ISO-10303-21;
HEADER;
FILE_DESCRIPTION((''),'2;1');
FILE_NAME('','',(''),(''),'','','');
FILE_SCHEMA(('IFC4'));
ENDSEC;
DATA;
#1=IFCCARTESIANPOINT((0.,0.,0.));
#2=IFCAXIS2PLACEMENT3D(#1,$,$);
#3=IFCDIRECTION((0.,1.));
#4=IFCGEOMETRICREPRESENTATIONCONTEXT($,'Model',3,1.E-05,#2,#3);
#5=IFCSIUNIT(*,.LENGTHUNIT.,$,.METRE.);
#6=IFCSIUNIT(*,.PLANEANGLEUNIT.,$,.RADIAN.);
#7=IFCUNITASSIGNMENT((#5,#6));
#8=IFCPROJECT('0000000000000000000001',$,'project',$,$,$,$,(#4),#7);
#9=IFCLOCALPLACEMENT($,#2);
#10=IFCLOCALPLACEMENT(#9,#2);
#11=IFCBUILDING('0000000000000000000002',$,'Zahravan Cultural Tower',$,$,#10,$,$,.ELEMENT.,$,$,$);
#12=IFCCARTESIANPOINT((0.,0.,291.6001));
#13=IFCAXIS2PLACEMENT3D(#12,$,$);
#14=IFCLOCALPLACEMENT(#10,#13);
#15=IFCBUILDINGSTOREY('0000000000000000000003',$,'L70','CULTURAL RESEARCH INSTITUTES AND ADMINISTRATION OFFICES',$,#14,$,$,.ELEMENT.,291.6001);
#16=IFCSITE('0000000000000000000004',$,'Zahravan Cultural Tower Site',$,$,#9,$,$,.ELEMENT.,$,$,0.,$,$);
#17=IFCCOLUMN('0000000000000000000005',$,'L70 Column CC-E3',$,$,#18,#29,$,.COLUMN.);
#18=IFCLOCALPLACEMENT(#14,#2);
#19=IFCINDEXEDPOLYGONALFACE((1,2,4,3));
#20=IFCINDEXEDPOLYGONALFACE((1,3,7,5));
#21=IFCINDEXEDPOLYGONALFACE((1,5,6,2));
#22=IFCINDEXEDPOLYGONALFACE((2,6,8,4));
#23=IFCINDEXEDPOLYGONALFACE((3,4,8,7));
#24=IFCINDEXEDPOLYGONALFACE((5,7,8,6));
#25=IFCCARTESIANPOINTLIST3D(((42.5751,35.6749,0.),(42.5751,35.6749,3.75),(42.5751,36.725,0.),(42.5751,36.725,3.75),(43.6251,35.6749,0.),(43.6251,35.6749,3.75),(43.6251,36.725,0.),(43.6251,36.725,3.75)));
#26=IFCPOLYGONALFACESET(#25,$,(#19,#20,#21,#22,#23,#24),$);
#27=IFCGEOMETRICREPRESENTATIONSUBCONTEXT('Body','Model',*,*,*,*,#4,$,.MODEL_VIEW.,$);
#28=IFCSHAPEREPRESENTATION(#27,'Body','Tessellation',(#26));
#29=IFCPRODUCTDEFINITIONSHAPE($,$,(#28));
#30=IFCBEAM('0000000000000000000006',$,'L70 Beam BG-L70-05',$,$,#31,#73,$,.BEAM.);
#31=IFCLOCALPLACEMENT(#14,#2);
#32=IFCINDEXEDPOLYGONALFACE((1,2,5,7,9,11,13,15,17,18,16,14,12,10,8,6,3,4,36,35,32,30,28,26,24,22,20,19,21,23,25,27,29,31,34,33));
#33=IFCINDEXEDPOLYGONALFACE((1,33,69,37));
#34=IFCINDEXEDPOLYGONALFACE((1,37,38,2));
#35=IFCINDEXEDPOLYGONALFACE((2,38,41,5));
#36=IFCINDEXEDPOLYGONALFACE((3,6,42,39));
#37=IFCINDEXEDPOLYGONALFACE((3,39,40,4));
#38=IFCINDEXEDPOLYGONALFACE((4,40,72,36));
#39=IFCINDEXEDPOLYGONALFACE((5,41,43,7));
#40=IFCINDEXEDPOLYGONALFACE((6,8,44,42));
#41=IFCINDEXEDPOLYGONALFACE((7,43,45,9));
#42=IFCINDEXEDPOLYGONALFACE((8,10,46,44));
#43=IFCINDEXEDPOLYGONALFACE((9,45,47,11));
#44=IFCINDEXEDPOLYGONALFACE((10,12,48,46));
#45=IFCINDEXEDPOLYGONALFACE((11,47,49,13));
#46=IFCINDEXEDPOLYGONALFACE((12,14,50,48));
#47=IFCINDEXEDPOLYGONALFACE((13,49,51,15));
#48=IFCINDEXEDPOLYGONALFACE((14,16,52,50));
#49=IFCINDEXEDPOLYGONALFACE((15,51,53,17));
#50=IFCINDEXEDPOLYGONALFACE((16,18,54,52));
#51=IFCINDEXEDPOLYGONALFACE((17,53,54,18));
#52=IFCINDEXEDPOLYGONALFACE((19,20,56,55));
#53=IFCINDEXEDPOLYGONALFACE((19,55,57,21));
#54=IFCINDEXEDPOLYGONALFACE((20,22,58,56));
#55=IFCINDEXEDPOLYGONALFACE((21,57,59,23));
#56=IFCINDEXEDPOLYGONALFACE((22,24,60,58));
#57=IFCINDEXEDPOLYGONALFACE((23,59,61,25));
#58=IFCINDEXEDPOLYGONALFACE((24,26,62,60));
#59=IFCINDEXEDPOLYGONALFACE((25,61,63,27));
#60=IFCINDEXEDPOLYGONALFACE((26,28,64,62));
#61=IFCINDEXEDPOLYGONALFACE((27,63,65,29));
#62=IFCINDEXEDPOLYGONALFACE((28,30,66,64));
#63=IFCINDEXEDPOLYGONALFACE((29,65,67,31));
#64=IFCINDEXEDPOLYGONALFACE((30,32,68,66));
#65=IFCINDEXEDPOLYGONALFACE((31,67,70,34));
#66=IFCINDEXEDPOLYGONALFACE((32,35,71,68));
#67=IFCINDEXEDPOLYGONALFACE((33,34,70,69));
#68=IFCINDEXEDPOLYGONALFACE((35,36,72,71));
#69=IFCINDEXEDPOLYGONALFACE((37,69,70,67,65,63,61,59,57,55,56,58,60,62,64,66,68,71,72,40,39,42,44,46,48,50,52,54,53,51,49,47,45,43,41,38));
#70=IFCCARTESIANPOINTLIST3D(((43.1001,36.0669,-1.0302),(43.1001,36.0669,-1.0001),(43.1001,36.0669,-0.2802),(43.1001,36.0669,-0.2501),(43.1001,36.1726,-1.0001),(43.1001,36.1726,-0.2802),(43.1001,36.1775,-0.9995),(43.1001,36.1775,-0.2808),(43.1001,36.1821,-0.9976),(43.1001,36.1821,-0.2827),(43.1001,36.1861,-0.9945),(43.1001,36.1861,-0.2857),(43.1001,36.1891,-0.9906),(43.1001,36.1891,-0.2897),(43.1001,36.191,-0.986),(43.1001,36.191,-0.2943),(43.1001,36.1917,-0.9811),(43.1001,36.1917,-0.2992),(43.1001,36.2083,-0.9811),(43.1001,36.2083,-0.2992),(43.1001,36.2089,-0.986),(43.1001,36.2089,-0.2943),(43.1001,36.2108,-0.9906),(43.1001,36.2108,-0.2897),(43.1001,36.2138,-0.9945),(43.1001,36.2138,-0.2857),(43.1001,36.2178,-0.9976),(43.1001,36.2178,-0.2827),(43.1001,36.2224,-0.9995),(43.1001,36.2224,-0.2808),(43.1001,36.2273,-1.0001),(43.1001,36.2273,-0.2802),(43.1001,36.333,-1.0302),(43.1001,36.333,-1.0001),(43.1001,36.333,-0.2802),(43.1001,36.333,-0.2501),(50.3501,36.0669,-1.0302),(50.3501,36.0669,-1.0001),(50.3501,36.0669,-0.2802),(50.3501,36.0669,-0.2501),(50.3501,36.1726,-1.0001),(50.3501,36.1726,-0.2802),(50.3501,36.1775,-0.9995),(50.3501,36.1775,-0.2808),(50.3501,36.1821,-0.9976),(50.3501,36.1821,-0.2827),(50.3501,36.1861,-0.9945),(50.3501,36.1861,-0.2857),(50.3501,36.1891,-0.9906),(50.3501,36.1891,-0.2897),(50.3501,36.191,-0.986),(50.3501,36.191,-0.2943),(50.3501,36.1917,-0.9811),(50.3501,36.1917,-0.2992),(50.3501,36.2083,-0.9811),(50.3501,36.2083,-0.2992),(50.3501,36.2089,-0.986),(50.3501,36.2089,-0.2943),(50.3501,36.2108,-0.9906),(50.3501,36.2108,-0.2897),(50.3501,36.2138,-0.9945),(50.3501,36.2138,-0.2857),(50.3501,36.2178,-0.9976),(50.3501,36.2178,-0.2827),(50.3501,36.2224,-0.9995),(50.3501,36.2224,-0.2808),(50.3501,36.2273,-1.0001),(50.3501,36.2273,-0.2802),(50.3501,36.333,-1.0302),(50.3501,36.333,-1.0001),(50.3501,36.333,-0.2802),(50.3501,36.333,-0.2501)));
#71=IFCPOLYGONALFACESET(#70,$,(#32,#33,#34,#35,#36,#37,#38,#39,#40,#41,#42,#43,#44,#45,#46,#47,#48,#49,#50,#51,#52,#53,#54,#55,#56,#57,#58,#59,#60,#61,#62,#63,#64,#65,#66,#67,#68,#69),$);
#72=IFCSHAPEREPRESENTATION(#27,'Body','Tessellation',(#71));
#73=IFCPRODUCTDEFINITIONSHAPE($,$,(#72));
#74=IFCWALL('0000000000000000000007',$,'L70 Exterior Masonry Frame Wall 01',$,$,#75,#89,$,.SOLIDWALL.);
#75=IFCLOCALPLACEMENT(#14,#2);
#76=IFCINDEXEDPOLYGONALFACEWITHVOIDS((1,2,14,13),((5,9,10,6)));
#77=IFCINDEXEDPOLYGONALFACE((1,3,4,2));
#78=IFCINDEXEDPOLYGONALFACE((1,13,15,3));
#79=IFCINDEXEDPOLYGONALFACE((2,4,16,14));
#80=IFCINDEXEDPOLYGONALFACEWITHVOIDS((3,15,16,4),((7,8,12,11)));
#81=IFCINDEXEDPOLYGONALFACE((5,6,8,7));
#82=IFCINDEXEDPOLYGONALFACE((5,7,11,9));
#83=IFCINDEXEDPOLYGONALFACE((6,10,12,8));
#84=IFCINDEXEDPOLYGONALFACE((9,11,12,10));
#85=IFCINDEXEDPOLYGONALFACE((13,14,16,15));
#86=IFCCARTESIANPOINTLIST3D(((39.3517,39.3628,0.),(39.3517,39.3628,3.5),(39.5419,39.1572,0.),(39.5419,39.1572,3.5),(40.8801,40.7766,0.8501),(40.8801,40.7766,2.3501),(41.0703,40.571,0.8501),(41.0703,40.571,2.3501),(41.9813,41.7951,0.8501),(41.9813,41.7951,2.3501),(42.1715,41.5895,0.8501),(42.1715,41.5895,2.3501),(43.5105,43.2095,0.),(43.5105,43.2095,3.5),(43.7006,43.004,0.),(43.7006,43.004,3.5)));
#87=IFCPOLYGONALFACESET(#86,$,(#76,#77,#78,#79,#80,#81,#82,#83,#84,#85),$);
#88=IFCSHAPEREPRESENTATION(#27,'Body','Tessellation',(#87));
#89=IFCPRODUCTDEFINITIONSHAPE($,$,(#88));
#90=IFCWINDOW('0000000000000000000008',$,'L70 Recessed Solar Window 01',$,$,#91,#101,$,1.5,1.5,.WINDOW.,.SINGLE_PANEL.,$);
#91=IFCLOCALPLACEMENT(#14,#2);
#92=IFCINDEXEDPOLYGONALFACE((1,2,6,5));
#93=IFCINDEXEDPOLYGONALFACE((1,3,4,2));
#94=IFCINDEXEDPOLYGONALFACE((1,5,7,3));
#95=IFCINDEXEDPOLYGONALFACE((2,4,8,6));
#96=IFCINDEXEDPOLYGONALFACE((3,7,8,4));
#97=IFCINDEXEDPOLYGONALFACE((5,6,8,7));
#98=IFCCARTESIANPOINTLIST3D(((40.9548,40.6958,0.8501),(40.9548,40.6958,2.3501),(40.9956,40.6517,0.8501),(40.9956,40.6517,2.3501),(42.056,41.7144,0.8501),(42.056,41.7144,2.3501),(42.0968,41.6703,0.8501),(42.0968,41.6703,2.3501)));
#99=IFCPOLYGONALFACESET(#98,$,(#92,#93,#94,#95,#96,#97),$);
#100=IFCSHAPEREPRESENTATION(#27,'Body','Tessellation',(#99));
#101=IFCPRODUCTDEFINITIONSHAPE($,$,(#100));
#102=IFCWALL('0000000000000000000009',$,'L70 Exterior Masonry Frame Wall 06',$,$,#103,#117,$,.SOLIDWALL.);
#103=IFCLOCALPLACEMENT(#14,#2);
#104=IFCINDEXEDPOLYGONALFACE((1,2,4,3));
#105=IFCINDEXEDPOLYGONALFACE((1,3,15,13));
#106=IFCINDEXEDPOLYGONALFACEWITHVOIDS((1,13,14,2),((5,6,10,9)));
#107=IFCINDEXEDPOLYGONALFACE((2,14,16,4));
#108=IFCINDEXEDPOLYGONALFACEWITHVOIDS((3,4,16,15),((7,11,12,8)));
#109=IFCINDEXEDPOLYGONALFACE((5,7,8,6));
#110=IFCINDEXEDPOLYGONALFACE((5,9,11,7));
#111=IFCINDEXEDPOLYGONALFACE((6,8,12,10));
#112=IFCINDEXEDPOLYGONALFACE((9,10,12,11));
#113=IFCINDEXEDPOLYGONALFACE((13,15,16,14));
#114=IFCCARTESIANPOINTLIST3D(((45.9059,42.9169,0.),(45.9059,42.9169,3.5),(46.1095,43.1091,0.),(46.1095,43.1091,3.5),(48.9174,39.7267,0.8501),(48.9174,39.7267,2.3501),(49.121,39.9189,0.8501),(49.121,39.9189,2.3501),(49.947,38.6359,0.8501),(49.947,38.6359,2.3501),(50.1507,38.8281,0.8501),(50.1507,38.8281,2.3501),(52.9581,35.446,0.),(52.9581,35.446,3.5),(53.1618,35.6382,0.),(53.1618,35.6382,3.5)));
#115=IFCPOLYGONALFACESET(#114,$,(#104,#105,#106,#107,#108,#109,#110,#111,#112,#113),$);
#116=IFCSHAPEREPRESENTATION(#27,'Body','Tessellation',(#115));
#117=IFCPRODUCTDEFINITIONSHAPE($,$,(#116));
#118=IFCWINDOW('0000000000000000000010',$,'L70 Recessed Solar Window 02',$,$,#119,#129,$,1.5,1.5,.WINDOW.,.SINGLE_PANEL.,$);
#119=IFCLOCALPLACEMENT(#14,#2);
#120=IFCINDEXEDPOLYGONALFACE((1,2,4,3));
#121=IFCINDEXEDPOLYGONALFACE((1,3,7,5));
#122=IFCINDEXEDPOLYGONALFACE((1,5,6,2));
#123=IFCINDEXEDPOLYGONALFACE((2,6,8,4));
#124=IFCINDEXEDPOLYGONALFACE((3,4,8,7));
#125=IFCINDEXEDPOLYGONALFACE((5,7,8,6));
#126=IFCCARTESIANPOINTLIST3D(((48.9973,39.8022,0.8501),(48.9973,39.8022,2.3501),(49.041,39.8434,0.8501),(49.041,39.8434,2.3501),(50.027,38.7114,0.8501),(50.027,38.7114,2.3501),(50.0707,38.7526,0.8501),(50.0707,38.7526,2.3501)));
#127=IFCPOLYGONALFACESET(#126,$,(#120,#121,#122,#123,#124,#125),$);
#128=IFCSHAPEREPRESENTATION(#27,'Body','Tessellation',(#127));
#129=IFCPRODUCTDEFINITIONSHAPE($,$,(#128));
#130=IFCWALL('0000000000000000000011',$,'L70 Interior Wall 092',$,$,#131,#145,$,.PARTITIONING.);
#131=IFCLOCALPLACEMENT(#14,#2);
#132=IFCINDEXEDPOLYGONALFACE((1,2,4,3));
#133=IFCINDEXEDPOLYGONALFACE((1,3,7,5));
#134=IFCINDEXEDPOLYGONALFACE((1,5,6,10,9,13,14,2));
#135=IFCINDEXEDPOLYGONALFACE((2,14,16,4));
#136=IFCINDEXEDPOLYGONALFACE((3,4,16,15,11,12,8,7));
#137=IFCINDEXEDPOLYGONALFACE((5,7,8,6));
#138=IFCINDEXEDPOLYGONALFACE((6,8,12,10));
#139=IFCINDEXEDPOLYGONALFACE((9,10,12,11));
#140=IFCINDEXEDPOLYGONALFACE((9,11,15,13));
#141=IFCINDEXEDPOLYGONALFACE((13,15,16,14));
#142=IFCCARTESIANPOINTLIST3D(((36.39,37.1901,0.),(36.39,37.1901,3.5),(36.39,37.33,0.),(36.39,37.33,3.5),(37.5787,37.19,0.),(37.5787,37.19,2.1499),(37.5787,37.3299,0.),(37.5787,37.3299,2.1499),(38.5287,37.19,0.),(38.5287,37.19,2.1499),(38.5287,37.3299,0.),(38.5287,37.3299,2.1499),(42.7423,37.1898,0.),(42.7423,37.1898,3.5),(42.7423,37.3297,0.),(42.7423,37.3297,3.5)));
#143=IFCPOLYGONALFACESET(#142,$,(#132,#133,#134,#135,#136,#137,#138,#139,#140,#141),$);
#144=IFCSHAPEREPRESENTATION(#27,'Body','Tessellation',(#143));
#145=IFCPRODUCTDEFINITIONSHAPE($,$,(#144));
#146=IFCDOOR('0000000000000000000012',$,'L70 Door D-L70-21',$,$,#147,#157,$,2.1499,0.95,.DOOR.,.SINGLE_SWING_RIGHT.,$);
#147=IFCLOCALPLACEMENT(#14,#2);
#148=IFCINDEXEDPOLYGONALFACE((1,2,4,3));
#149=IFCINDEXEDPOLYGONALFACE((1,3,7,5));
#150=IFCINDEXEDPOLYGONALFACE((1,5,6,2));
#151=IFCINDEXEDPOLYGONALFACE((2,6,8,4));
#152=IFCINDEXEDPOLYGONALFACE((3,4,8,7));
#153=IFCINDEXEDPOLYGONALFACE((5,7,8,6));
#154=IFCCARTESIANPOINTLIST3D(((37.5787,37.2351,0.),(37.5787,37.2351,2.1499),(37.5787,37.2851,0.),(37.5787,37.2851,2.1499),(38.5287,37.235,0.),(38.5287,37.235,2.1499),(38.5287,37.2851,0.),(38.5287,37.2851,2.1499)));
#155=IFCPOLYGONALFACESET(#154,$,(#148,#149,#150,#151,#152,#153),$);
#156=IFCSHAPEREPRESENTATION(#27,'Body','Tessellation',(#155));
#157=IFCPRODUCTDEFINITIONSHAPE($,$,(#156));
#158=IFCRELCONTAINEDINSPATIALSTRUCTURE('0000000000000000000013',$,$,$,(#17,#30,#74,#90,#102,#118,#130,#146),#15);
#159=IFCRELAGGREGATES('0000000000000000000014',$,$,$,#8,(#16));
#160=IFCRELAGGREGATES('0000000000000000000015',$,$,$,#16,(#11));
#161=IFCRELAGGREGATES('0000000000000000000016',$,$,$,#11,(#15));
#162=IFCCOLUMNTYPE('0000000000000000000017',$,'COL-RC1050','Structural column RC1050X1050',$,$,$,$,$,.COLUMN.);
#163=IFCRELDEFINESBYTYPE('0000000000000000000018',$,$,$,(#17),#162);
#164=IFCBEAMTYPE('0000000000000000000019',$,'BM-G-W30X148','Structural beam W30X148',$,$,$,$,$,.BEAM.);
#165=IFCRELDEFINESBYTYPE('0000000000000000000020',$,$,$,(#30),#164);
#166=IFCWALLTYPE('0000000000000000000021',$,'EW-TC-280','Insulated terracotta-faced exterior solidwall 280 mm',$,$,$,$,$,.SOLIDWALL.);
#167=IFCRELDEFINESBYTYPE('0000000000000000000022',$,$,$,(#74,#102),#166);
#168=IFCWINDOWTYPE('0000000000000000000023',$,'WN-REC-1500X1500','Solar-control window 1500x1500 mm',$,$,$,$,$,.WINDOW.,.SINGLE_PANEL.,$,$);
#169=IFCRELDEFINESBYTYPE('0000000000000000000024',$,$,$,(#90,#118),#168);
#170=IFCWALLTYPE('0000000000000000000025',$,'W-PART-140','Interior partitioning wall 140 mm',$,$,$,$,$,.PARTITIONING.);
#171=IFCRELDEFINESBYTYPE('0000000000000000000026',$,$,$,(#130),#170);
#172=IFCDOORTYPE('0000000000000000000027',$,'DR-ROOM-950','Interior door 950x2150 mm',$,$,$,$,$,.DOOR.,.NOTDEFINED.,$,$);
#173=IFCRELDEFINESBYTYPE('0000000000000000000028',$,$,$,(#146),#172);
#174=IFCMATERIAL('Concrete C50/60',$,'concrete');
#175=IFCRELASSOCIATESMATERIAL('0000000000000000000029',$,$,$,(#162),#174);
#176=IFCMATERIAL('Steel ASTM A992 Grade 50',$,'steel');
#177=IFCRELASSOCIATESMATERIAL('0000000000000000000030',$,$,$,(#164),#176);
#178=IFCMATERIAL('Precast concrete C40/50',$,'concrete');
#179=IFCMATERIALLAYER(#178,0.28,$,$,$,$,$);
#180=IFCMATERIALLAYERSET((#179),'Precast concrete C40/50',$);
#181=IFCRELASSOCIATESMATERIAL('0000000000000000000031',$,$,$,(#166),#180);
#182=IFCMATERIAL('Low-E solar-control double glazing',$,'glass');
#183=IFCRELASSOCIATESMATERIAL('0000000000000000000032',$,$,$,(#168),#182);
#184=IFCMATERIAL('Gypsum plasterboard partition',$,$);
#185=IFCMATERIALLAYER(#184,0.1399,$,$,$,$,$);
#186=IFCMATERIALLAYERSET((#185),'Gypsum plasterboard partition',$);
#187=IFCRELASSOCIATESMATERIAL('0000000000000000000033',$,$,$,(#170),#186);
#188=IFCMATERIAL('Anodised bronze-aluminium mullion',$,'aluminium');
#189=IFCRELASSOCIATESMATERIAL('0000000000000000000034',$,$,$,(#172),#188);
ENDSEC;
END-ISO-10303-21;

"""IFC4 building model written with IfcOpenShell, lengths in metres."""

from ifc_helpers import new_model, si_unit, direction, frame, frame_2d, origin, origin_2d, place, context, subcontext, project, spatial, rectangle, i_section, extrude, source, transform, mapped, material, layer, layer_set, material_profile, profile_set, type_object, element, fill, save


model = new_model("IFC4")

# Units and contexts
model_context = context("Model", 3, precision=1e-05, world=origin(), true_north=direction((0.0, 1.0)))
body_context = subcontext(model_context, "Body", "Model", "MODEL_VIEW")
ifc_project = project(units=[si_unit("LENGTHUNIT", "METRE"), si_unit("PLANEANGLEUNIT", "RADIAN")], contexts=[model_context])

# Site, building, storey
site_placement = place(None, origin())
site = spatial("IfcSite", under=ifc_project, at=site_placement, Name="Zahravan Cultural Tower Site", CompositionType="ELEMENT", RefElevation=0.0)
building_placement = place(site_placement, origin())
building = spatial("IfcBuilding", under=site, at=building_placement, Name="Zahravan Cultural Tower", CompositionType="ELEMENT")
storey_placement = place(building_placement, frame((0.0, 0.0, 291.6001)))
storey = spatial("IfcBuildingStorey", under=building, at=storey_placement, Name="L70", Description="CULTURAL RESEARCH INSTITUTES AND ADMINISTRATION OFFICES", CompositionType="ELEMENT", Elevation=291.6001)

# Column
ifc_material_1 = material(Name="Concrete C50/60", Category="concrete")
ifc_material_profile_1 = material_profile(ifc_material_1, rectangle(XDim=1.05, YDim=1.05, at=origin_2d()), Name="RC1050X1050")
ifc_profile_set_1 = profile_set([ifc_material_profile_1], Name="Concrete C50/60")
column_type = type_object("IfcColumnType", Name="COL-RC1050", Description="Structural column RC1050X1050", PredefinedType="COLUMN", material=ifc_profile_set_1)
shared_shape_1 = source(origin(), body_context, "Body", "SweptSolid", [
    extrude(rectangle(XDim=1.05, YDim=1.05, at=origin_2d()), origin(), (0.0, 0.0, 1.0), 3.75),
])
column_placement = place(storey_placement, frame((43.1001, 36.2, 0.0), z_axis=(0.0, 0.0, 1.0), x_axis=(1.0, 0.0, 0.0)))
element("IfcColumn", 1, at=column_placement, inside=storey, type_object=column_type, Name="L70 Column CC-E3", PredefinedType="COLUMN", context=body_context, shape_type="MappedRepresentation", body=[
    mapped(shared_shape_1, transform((0.0, 0.0, 0.0), x_axis=(1.0, 0.0, 0.0), y_axis=(0.0, 1.0, 0.0), z_axis=(0.0, 0.0, 1.0), scale=1.0)),
])

# Beam
ifc_material_2 = material(Name="Steel ASTM A992 Grade 50", Category="steel")
ifc_material_profile_2 = material_profile(ifc_material_2, i_section(OverallWidth=0.2661, OverallDepth=0.78, WebThickness=0.0166, FlangeThickness=0.03, FilletRadius=0.019, at=origin_2d()), Name="W30X148")
ifc_profile_set_2 = profile_set([ifc_material_profile_2], Name="Steel ASTM A992 Grade 50")
beam_type = type_object("IfcBeamType", Name="BM-G-W30X148", Description="Structural beam W30X148", PredefinedType="BEAM", material=ifc_profile_set_2)
shared_shape_2 = source(origin(), body_context, "Body", "SweptSolid", [
    extrude(i_section(OverallWidth=0.2661, OverallDepth=0.78, WebThickness=0.0166, FlangeThickness=0.03, FilletRadius=0.019, at=origin_2d()), origin(), (0.0, 0.0, 1.0), 7.25),
])
beam_placement = place(storey_placement, frame((43.1001, 36.2, -0.6401), z_axis=(1.0, 0.0, 0.0), x_axis=(0.0, 1.0, 0.0)))
element("IfcBeam", 2, at=beam_placement, inside=storey, type_object=beam_type, Name="L70 Beam BG-L70-05", PredefinedType="BEAM", context=body_context, shape_type="MappedRepresentation", body=[
    mapped(shared_shape_2, transform((0.0, 0.0, 0.0), x_axis=(1.0, 0.0, 0.0), y_axis=(0.0, 1.0, 0.0), z_axis=(0.0, 0.0, 1.0), scale=1.0)),
])

# Walls, openings, windows
ifc_material_3 = material(Name="Precast concrete C40/50", Category="concrete")
ifc_layer_1 = layer(ifc_material_3, 0.28)
ifc_layer_set_1 = layer_set([ifc_layer_1], Name="Precast concrete C40/50")
wall_type_1 = type_object("IfcWallType", Name="EW-TC-280", Description="Insulated terracotta-faced exterior solidwall 280 mm", PredefinedType="SOLIDWALL", material=ifc_layer_set_1)
wall_1_placement = place(storey_placement, frame((39.4468, 39.26, 0.0), z_axis=(0.0, 0.0, 1.0), x_axis=(0.734109, 0.679032, 0.0)))
wall_1 = element("IfcWall", 3, at=wall_1_placement, inside=storey, type_object=wall_type_1, Name="L70 Exterior Masonry Frame Wall 01", PredefinedType="SOLIDWALL", context=body_context, shape_type="SweptSolid", body=[
    extrude(rectangle(XDim=5.665, YDim=0.28, at=frame_2d((2.8325, 0.0))), origin(), (0.0, 0.0, 1.0), 3.5),
])
opening_1_placement = place(wall_1_placement, frame((2.082, 0.0, 0.8501)))
opening_1 = element("IfcOpeningElement", 4, at=opening_1_placement, cuts=wall_1, PredefinedType="OPENING", context=body_context, shape_type="SweptSolid", body=[
    extrude(rectangle(XDim=1.5, YDim=1.5, at=frame_2d((0.75, 0.75))), frame((0.0, 0.1499, 0.0), z_axis=(0.0, -1.0, 0.0), x_axis=(1.0, 0.0, 0.0)), (0.0, 0.0, 1.0), 0.3),
])
ifc_material_4 = material(Name="Low-E solar-control double glazing", Category="glass")
window_type = type_object("IfcWindowType", Name="WN-REC-1500X1500", Description="Solar-control window 1500x1500 mm", PartitioningType="SINGLE_PANEL", PredefinedType="WINDOW", material=ifc_material_4)
shared_shape_3 = source(origin(), body_context, "Body", "SweptSolid", [
    extrude(rectangle(XDim=1.5, YDim=1.5, at=frame_2d((0.75, 0.75))), frame((0.0, 0.03, 0.0), z_axis=(0.0, -1.0, 0.0), x_axis=(1.0, 0.0, 0.0)), (0.0, 0.0, 1.0), 0.0601),
])
window_1_placement = place(opening_1_placement, origin())
window_1 = element("IfcWindow", 5, at=window_1_placement, inside=storey, type_object=window_type, Name="L70 Recessed Solar Window 01", OverallHeight=1.5, OverallWidth=1.5, PartitioningType="SINGLE_PANEL", PredefinedType="WINDOW", context=body_context, shape_type="MappedRepresentation", body=[
    mapped(shared_shape_3, transform((0.0, 0.0, 0.0), x_axis=(1.0, 0.0, 0.0), y_axis=(0.0, 1.0, 0.0), z_axis=(0.0, 0.0, 1.0), scale=1.0)),
])
fill(opening_1, window_1)
wall_2_placement = place(storey_placement, frame((46.0078, 43.0129, 0.0), z_axis=(0.0, 0.0, 1.0), x_axis=(0.686436, -0.72719, 0.0)))
wall_2 = element("IfcWall", 6, at=wall_2_placement, inside=storey, type_object=wall_type_1, Name="L70 Exterior Masonry Frame Wall 06", PredefinedType="SOLIDWALL", context=body_context, shape_type="SweptSolid", body=[
    extrude(rectangle(XDim=10.2737, YDim=0.28, at=frame_2d((5.1367, 0.0))), origin(), (0.0, 0.0, 1.0), 3.5),
])
opening_2_placement = place(wall_2_placement, frame((4.387, 0.0, 0.8501)))
opening_2 = element("IfcOpeningElement", 7, at=opening_2_placement, cuts=wall_2, PredefinedType="OPENING", context=body_context, shape_type="SweptSolid", body=[
    extrude(rectangle(XDim=1.5, YDim=1.5, at=frame_2d((0.75, 0.75))), frame((0.0, 0.1499, 0.0), z_axis=(0.0, -1.0, 0.0), x_axis=(1.0, 0.0, 0.0)), (0.0, 0.0, 1.0), 0.3),
])
window_2_placement = place(opening_2_placement, origin())
window_2 = element("IfcWindow", 8, at=window_2_placement, inside=storey, type_object=window_type, Name="L70 Recessed Solar Window 02", OverallHeight=1.5, OverallWidth=1.5, PartitioningType="SINGLE_PANEL", PredefinedType="WINDOW", context=body_context, shape_type="MappedRepresentation", body=[
    mapped(shared_shape_3, transform((0.0, 0.0, 0.0), x_axis=(1.0, 0.0, 0.0), y_axis=(0.0, 1.0, 0.0), z_axis=(0.0, 0.0, 1.0), scale=1.0)),
])
fill(opening_2, window_2)

# Wall, opening, door
ifc_material_5 = material(Name="Gypsum plasterboard partition")
ifc_layer_2 = layer(ifc_material_5, 0.1399)
ifc_layer_set_2 = layer_set([ifc_layer_2], Name="Gypsum plasterboard partition")
wall_type_2 = type_object("IfcWallType", Name="W-PART-140", Description="Interior partitioning wall 140 mm", PredefinedType="PARTITIONING", material=ifc_layer_set_2)
ifc_material_6 = material(Name="Anodised bronze-aluminium mullion", Category="aluminium")
door_type = type_object("IfcDoorType", Name="DR-ROOM-950", Description="Interior door 950x2150 mm", OperationType="NOTDEFINED", PredefinedType="DOOR", material=ifc_material_6)
shared_shape_4 = source(origin(), body_context, "Body", "SweptSolid", [
    extrude(rectangle(XDim=0.95, YDim=2.1499, at=frame_2d((0.4751, 1.075))), frame((0.0, 0.0249, 0.0), z_axis=(0.0, -1.0, 0.0), x_axis=(1.0, 0.0, 0.0)), (0.0, 0.0, 1.0), 0.05),
])
wall_3_placement = place(storey_placement, frame((42.7424, 37.2598, 0.0), z_axis=(0.0, 0.0, 1.0), x_axis=(-1.0, 0.000038, 0.0)))
wall_3 = element("IfcWall", 9, at=wall_3_placement, inside=storey, type_object=wall_type_2, Name="L70 Interior Wall 092", PredefinedType="PARTITIONING", context=body_context, shape_type="SweptSolid", body=[
    extrude(rectangle(XDim=6.3523, YDim=0.1399, at=frame_2d((3.1763, 0.0))), origin(), (0.0, 0.0, 1.0), 3.5),
])
opening_3_placement = place(wall_3_placement, frame((4.2136, 0.0, 0.0)))
opening_3 = element("IfcOpeningElement", 10, at=opening_3_placement, cuts=wall_3, PredefinedType="OPENING", context=body_context, shape_type="SweptSolid", body=[
    extrude(rectangle(XDim=0.95, YDim=2.1499, at=frame_2d((0.4751, 1.075))), frame((0.0, 0.0798, 0.0), z_axis=(0.0, -1.0, 0.0), x_axis=(1.0, 0.0, 0.0)), (0.0, 0.0, 1.0), 0.1599),
])
door_1_placement = place(opening_3_placement, origin())
door_1 = element("IfcDoor", 11, at=door_1_placement, inside=storey, type_object=door_type, Name="L70 Door D-L70-21", OperationType="SINGLE_SWING_RIGHT", OverallHeight=2.1499, OverallWidth=0.95, PredefinedType="DOOR", context=body_context, shape_type="MappedRepresentation", body=[
    mapped(shared_shape_4, transform((0.0, 0.0, 0.0), x_axis=(1.0, 0.0, 0.0), y_axis=(0.0, 1.0, 0.0), z_axis=(0.0, 0.0, 1.0), scale=1.0)),
])
fill(opening_3, door_1)

save(model, "model.ifc")
